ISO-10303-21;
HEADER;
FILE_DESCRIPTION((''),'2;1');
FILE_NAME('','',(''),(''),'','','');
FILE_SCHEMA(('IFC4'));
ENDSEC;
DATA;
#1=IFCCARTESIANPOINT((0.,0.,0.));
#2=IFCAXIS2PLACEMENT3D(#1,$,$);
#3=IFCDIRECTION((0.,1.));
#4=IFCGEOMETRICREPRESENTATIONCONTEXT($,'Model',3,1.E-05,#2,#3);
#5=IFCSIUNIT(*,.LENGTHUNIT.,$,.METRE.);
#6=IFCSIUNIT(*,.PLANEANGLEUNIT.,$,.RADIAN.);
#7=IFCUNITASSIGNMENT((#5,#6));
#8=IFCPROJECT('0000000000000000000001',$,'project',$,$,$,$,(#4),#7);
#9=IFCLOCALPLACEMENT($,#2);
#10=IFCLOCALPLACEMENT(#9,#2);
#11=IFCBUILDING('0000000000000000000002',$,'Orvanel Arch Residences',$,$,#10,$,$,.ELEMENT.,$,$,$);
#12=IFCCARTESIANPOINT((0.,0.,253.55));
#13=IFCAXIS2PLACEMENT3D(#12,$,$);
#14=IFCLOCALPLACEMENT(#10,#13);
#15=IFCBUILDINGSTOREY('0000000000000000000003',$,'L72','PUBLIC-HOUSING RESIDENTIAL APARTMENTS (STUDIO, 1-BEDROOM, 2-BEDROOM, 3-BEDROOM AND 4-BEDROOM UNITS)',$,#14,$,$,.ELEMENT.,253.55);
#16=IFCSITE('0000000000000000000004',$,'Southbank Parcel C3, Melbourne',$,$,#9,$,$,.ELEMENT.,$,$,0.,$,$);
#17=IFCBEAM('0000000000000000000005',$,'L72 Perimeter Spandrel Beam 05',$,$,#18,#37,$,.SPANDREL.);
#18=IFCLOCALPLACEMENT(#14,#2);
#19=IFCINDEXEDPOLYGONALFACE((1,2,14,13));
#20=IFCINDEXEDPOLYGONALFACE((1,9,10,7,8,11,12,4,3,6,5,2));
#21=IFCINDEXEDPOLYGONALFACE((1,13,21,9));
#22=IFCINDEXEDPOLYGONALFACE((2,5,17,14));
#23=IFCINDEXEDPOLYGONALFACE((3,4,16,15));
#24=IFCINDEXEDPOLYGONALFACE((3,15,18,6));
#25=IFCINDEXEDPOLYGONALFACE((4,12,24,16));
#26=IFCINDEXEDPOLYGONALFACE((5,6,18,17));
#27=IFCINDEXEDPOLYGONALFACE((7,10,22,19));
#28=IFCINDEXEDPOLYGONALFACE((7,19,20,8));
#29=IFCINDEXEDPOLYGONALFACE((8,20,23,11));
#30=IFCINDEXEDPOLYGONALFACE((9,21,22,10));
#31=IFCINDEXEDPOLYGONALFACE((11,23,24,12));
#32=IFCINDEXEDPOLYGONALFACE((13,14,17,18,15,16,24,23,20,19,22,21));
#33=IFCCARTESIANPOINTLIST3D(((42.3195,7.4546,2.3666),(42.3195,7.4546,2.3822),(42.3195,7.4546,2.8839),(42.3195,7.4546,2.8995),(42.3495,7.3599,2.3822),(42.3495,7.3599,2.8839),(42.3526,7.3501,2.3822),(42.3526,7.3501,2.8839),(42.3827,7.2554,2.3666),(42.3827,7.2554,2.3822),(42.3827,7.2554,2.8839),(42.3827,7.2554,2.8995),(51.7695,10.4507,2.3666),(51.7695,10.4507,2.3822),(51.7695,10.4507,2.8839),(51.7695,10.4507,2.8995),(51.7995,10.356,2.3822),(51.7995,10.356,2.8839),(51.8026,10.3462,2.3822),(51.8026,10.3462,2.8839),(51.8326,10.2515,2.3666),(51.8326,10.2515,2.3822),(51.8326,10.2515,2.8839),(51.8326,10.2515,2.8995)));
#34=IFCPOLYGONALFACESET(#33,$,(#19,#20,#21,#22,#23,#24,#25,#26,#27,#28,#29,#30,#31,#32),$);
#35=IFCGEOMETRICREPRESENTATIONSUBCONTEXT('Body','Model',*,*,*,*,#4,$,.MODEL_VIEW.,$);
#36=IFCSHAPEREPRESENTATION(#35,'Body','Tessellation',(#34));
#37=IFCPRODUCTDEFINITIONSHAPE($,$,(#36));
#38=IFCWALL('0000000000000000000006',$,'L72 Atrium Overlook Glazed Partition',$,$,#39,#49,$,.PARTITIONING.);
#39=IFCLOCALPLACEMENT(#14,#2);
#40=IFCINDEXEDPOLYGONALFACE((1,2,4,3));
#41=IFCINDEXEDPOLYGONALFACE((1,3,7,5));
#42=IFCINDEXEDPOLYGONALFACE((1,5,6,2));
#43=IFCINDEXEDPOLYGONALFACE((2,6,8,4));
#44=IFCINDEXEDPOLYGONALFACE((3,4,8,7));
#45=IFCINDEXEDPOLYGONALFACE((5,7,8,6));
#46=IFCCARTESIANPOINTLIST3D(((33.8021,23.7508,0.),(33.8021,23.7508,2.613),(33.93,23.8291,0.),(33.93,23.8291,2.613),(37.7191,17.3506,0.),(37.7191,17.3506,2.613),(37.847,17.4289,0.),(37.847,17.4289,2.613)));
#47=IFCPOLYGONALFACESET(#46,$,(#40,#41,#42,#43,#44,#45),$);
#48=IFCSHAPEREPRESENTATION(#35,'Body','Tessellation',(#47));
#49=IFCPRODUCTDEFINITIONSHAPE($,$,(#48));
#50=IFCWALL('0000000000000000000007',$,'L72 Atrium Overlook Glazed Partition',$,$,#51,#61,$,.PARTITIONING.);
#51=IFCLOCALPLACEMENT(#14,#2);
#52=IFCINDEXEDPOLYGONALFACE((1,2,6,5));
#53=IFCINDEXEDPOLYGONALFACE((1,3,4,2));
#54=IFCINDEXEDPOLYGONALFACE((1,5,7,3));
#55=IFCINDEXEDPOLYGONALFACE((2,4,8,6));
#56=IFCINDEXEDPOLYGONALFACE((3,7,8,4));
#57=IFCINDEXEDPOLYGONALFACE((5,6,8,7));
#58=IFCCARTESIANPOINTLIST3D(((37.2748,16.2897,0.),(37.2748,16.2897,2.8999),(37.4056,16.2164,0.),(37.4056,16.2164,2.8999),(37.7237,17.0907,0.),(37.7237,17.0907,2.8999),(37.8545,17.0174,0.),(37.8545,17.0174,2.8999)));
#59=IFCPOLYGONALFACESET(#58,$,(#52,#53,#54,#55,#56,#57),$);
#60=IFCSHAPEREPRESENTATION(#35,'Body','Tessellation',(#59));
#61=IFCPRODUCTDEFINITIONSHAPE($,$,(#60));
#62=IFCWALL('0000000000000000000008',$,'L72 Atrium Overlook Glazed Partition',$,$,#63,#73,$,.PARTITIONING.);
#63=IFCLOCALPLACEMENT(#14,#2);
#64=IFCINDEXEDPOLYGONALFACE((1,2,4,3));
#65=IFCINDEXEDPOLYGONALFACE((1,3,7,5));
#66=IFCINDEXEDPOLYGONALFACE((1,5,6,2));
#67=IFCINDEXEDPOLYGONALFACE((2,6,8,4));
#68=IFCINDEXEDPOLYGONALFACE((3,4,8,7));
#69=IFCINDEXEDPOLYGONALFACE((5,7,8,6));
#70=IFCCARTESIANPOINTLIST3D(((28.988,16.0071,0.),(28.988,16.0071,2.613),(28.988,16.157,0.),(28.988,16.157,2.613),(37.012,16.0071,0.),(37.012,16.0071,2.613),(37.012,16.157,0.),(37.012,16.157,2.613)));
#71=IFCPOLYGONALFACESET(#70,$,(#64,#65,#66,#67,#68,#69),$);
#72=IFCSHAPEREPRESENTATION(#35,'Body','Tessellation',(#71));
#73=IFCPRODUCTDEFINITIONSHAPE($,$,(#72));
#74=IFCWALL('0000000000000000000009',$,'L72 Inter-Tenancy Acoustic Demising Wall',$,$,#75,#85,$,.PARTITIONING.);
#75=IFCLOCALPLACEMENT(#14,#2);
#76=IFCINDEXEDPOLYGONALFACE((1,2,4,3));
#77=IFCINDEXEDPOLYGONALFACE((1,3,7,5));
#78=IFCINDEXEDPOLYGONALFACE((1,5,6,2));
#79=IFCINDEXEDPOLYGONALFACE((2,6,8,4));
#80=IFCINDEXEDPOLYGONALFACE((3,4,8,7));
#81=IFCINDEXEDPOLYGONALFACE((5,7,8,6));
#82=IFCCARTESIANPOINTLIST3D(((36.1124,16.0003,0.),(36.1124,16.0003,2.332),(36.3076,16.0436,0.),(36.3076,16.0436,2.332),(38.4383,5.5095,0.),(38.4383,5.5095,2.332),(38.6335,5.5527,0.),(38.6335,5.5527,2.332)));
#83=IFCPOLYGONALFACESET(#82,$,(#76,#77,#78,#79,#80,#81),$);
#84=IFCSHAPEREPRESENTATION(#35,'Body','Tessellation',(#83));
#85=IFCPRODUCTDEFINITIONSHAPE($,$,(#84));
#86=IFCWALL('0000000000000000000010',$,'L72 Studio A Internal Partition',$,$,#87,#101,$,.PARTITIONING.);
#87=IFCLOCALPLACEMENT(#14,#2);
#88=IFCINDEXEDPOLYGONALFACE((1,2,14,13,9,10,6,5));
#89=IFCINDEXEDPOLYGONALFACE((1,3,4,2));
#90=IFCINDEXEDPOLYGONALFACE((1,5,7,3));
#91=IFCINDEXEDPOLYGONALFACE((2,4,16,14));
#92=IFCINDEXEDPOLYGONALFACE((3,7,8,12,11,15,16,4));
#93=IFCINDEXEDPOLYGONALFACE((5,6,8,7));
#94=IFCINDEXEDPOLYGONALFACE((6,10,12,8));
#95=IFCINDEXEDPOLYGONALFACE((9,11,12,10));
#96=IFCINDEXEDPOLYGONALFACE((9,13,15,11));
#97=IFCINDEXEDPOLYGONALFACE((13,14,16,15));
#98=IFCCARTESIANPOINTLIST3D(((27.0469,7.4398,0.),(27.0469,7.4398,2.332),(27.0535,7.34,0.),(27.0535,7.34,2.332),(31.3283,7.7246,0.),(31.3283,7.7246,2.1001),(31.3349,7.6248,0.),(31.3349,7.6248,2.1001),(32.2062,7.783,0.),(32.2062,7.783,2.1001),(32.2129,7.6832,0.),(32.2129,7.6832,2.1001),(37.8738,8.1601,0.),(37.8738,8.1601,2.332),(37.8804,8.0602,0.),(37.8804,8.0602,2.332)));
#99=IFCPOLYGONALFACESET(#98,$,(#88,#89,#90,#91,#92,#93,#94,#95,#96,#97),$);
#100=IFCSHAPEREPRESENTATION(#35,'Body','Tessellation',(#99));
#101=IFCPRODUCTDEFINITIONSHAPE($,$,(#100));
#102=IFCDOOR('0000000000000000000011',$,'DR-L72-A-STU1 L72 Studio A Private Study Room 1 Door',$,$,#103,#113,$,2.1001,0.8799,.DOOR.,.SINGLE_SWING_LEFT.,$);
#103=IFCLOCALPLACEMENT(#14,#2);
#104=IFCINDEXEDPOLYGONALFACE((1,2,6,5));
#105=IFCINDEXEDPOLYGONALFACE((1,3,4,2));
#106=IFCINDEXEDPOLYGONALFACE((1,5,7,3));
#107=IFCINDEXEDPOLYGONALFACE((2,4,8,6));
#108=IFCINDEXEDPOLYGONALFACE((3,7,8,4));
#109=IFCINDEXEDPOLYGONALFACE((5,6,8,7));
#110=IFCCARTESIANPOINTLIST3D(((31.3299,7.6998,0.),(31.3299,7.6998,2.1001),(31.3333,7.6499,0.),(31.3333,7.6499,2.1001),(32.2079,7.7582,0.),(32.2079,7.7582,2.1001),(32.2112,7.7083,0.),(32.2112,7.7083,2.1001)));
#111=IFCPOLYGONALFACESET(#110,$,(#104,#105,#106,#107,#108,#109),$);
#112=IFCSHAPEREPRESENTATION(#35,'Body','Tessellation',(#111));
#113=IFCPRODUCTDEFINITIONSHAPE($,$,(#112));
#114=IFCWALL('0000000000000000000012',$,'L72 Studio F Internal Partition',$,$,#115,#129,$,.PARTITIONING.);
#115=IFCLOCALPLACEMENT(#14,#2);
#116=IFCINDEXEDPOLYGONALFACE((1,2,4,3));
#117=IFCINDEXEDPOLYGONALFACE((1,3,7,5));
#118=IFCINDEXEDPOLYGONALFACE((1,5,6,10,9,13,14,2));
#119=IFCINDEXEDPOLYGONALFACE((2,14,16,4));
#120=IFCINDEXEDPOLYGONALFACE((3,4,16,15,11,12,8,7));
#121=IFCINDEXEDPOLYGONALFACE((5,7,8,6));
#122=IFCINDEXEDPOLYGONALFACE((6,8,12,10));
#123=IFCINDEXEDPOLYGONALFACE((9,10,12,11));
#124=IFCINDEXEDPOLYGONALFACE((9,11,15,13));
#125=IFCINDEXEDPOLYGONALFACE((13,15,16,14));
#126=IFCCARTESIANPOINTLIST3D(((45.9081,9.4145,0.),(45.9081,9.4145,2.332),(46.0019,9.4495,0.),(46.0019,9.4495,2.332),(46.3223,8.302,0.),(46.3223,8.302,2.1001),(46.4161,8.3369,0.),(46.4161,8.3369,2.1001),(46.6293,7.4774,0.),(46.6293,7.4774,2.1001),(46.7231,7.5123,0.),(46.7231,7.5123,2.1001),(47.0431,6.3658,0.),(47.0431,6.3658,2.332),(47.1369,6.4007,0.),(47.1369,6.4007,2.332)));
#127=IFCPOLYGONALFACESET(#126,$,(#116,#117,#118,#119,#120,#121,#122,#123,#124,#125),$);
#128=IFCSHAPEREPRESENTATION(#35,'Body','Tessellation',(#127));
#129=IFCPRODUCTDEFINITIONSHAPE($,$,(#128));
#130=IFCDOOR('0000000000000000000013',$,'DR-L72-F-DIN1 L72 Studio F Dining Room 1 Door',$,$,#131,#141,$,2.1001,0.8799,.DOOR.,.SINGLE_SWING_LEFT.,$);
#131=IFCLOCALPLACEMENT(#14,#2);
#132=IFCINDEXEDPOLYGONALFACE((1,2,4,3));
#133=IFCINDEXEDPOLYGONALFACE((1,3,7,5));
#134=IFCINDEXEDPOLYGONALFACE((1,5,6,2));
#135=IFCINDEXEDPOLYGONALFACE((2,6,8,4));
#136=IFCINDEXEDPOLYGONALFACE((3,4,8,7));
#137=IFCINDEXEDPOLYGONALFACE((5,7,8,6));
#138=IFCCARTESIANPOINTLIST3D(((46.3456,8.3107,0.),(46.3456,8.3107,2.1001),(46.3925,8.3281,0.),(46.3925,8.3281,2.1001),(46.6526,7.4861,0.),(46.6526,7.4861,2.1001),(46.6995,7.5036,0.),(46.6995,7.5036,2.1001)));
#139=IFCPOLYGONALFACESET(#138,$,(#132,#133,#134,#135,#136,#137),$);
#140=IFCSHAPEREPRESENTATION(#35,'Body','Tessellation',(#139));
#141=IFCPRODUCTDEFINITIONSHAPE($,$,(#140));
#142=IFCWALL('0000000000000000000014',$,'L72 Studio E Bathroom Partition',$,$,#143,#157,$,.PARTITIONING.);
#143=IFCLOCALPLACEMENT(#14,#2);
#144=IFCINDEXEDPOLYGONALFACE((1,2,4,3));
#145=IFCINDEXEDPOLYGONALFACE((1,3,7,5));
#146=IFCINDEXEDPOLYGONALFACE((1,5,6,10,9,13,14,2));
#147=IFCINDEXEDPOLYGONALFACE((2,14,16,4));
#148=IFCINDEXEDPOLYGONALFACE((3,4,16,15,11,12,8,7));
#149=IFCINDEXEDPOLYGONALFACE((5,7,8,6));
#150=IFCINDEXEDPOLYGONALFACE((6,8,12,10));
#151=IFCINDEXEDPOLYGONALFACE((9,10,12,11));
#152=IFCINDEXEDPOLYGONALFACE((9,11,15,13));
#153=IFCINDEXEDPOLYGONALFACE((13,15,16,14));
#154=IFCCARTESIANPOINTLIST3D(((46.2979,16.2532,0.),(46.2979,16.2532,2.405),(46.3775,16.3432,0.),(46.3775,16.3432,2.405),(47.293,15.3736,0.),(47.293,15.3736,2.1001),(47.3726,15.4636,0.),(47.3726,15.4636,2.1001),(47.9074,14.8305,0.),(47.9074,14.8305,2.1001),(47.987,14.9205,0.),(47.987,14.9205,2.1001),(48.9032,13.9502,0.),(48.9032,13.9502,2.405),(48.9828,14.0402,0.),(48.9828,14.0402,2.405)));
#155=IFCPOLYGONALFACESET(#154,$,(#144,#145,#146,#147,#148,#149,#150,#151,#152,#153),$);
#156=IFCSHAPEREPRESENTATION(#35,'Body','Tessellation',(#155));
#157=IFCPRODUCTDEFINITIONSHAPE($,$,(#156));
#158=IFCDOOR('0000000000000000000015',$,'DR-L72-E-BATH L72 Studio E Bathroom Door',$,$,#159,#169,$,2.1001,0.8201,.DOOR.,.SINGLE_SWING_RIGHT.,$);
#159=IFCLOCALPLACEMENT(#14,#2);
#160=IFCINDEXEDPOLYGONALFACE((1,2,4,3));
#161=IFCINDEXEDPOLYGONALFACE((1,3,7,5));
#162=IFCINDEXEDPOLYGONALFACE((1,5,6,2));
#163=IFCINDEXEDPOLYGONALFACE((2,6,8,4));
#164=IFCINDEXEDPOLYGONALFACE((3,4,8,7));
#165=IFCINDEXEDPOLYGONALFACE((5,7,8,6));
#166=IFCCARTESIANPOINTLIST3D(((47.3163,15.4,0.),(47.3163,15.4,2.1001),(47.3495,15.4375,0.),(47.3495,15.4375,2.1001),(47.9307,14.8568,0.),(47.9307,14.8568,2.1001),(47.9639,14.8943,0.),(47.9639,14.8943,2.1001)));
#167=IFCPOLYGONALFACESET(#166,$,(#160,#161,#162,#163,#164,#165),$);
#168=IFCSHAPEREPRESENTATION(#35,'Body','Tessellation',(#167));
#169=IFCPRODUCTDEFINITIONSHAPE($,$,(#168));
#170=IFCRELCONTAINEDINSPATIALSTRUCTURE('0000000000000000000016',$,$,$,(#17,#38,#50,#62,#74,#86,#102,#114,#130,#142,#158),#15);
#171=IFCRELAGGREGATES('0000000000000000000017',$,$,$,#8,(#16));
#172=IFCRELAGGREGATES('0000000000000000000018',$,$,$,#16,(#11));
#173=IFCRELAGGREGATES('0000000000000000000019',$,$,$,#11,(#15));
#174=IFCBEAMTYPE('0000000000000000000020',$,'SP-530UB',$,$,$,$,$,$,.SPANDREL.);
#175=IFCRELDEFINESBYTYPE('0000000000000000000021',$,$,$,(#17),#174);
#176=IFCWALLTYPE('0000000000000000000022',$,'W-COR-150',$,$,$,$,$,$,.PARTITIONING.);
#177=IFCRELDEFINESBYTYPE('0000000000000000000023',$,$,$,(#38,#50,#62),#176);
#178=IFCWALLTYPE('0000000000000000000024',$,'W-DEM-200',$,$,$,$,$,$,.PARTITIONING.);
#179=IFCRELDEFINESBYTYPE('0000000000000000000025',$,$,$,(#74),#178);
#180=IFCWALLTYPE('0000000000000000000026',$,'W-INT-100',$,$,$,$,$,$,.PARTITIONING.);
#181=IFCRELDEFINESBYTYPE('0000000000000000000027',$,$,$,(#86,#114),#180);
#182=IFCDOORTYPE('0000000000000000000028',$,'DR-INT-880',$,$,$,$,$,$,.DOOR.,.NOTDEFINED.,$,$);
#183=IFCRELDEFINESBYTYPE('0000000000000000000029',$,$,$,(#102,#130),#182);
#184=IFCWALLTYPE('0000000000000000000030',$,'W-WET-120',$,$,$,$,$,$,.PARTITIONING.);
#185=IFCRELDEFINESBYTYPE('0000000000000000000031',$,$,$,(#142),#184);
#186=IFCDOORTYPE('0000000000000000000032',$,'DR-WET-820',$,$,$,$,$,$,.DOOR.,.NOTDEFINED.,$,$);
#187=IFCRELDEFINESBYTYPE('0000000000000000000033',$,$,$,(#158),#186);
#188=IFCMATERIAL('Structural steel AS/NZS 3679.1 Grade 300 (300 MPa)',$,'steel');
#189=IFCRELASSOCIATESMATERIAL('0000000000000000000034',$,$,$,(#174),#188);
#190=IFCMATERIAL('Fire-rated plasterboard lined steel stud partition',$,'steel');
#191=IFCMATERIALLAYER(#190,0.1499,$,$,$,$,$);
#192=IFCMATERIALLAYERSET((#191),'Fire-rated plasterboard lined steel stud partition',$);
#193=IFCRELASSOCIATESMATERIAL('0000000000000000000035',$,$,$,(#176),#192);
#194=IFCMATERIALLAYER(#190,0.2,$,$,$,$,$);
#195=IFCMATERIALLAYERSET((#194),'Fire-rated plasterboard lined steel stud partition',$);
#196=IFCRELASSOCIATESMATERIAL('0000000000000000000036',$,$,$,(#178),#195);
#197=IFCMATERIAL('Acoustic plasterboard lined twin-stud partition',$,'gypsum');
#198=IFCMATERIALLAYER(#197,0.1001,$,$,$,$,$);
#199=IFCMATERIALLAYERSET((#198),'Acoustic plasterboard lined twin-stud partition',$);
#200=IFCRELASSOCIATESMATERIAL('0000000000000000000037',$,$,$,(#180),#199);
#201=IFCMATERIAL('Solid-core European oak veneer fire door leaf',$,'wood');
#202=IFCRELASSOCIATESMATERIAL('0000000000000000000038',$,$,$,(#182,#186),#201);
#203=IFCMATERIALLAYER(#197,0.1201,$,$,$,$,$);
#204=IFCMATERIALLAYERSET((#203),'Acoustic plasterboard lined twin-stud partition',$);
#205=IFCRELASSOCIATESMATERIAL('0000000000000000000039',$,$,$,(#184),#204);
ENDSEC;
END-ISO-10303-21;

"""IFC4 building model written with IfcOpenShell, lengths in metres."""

from ifc_helpers import new_model, si_unit, direction, frame, frame_2d, origin, origin_2d, place, context, subcontext, project, spatial, rectangle, i_section, extrude, material, layer, layer_set, material_profile, profile_set, type_object, element, fill, save


model = new_model("IFC4")

# Units and contexts
model_context = context("Model", 3, precision=1e-05, world=origin(), true_north=direction((0.0, 1.0)))
body_context = subcontext(model_context, "Body", "Model", "MODEL_VIEW")
ifc_project = project(units=[si_unit("LENGTHUNIT", "METRE"), si_unit("PLANEANGLEUNIT", "RADIAN")], contexts=[model_context])

# Site, building, storey
site_placement = place(None, origin())
site = spatial("IfcSite", under=ifc_project, at=site_placement, Name="Southbank Parcel C3, Melbourne", CompositionType="ELEMENT", RefElevation=0.0)
building_placement = place(site_placement, origin())
building = spatial("IfcBuilding", under=site, at=building_placement, Name="Orvanel Arch Residences", CompositionType="ELEMENT")
storey_placement = place(building_placement, frame((0.0, 0.0, 253.55)))
storey = spatial("IfcBuildingStorey", under=building, at=storey_placement, Name="L72", Description="PUBLIC-HOUSING RESIDENTIAL APARTMENTS (STUDIO, 1-BEDROOM, 2-BEDROOM, 3-BEDROOM AND 4-BEDROOM UNITS)", CompositionType="ELEMENT", Elevation=253.55)

# Beam
ifc_material_1 = material(Name="Structural steel AS/NZS 3679.1 Grade 300 (300 MPa)", Category="steel")
ifc_material_profile = material_profile(ifc_material_1, i_section(OverallWidth=0.209, OverallDepth=0.533, WebThickness=0.0103, FlangeThickness=0.0156, at=origin_2d()), Name="530UB92.4")
ifc_profile_set = profile_set([ifc_material_profile], Name="Structural steel AS/NZS 3679.1 Grade 300 (300 MPa)")
beam_type = type_object("IfcBeamType", Name="SP-530UB", PredefinedType="SPANDREL", material=ifc_profile_set)
beam_placement = place(storey_placement, frame((42.3511, 7.355, 2.6331), z_axis=(0.953237, 0.302223, 0.0), x_axis=(-0.302223, 0.953237, 0.0)))
element("IfcBeam", 1, at=beam_placement, inside=storey, type_object=beam_type, Name="L72 Perimeter Spandrel Beam 05", PredefinedType="SPANDREL", context=body_context, shape_type="SweptSolid", body=[
    extrude(i_section(OverallWidth=0.209, OverallDepth=0.533, WebThickness=0.0103, FlangeThickness=0.0156, at=origin_2d()), origin(), (0.0, 0.0, 1.0), 9.9136),
])

# Walls
ifc_material_2 = material(Name="Fire-rated plasterboard lined steel stud partition", Category="steel")
ifc_layer_1 = layer(ifc_material_2, 0.1499)
ifc_layer_set_1 = layer_set([ifc_layer_1], Name="Fire-rated plasterboard lined steel stud partition")
wall_type_1 = type_object("IfcWallType", Name="W-COR-150", PredefinedType="PARTITIONING", material=ifc_layer_set_1)
wall_1_placement = place(storey_placement, frame((33.866, 23.79, 0.0), z_axis=(0.0, 0.0, 1.0), x_axis=(0.522012, -0.852938, 0.0)))
element("IfcWall", 2, at=wall_1_placement, inside=storey, type_object=wall_type_1, Name="L72 Atrium Overlook Glazed Partition", PredefinedType="PARTITIONING", context=body_context, shape_type="SweptSolid", body=[
    extrude(rectangle(XDim=7.5037, YDim=0.1499, at=frame_2d((3.752, 0.0))), origin(), (0.0, 0.0, 1.0), 2.613),
])
wall_2_placement = place(storey_placement, frame((37.7891, 17.054, 0.0), z_axis=(0.0, 0.0, 1.0), x_axis=(-0.488935, -0.87232, 0.0)))
element("IfcWall", 3, at=wall_2_placement, inside=storey, type_object=wall_type_1, Name="L72 Atrium Overlook Glazed Partition", PredefinedType="PARTITIONING", context=body_context, shape_type="SweptSolid", body=[
    extrude(rectangle(XDim=0.9182, YDim=0.1499, at=frame_2d((0.459, 0.0))), origin(), (0.0, 0.0, 1.0), 2.8999),
])
wall_3_placement = place(storey_placement, frame((37.012, 16.082, 0.0), z_axis=(0.0, 0.0, 1.0), x_axis=(-1.0, 0.0, 0.0)))
element("IfcWall", 4, at=wall_3_placement, inside=storey, type_object=wall_type_1, Name="L72 Atrium Overlook Glazed Partition", PredefinedType="PARTITIONING", context=body_context, shape_type="SweptSolid", body=[
    extrude(rectangle(XDim=8.0239, YDim=0.1499, at=frame_2d((4.012, 0.0))), origin(), (0.0, 0.0, 1.0), 2.613),
])
ifc_layer_2 = layer(ifc_material_2, 0.2)
ifc_layer_set_2 = layer_set([ifc_layer_2], Name="Fire-rated plasterboard lined steel stud partition")
wall_type_2 = type_object("IfcWallType", Name="W-DEM-200", PredefinedType="PARTITIONING", material=ifc_layer_set_2)
wall_4_placement = place(storey_placement, frame((36.21, 16.022, 0.0), z_axis=(0.0, 0.0, 1.0), x_axis=(0.216452, -0.976293, 0.0)))
element("IfcWall", 5, at=wall_4_placement, inside=storey, type_object=wall_type_2, Name="L72 Inter-Tenancy Acoustic Demising Wall", PredefinedType="PARTITIONING", context=body_context, shape_type="SweptSolid", body=[
    extrude(rectangle(XDim=10.7456, YDim=0.2, at=frame_2d((5.3728, 0.0))), origin(), (0.0, 0.0, 1.0), 2.332),
])

# Walls, openings, doors
ifc_material_3 = material(Name="Acoustic plasterboard lined twin-stud partition", Category="gypsum")
ifc_layer_3 = layer(ifc_material_3, 0.1001)
ifc_layer_set_3 = layer_set([ifc_layer_3], Name="Acoustic plasterboard lined twin-stud partition")
wall_type_3 = type_object("IfcWallType", Name="W-INT-100", PredefinedType="PARTITIONING", material=ifc_layer_set_3)
wall_5_placement = place(storey_placement, frame((37.877, 8.1101, 0.0), z_axis=(0.0, 0.0, 1.0), x_axis=(-0.997795, -0.066374, 0.0)))
wall_5 = element("IfcWall", 6, at=wall_5_placement, inside=storey, type_object=wall_type_3, Name="L72 Studio A Internal Partition", PredefinedType="PARTITIONING", context=body_context, shape_type="SweptSolid", body=[
    extrude(rectangle(XDim=10.8508, YDim=0.1001, at=frame_2d((5.4253, 0.0))), origin(), (0.0, 0.0, 1.0), 2.332),
])
opening_1_placement = place(wall_5_placement, frame((5.6799, 0.0, 0.0)))
opening_1 = element("IfcOpeningElement", 7, at=opening_1_placement, cuts=wall_5, PredefinedType="OPENING", context=body_context, shape_type="SweptSolid", body=[
    extrude(rectangle(XDim=0.8799, YDim=2.1001, at=frame_2d((0.4399, 1.05))), frame((0.0, 0.0601, 0.0), z_axis=(0.0, -1.0, 0.0), x_axis=(1.0, 0.0, 0.0)), (0.0, 0.0, 1.0), 0.1201),
])
ifc_material_4 = material(Name="Solid-core European oak veneer fire door leaf", Category="wood")
door_type_1 = type_object("IfcDoorType", Name="DR-INT-880", OperationType="NOTDEFINED", PredefinedType="DOOR", material=ifc_material_4)
door_1_placement = place(opening_1_placement, origin())
door_1 = element("IfcDoor", 8, at=door_1_placement, inside=storey, type_object=door_type_1, Name="DR-L72-A-STU1 L72 Studio A Private Study Room 1 Door", OperationType="SINGLE_SWING_LEFT", OverallHeight=2.1001, OverallWidth=0.8799, PredefinedType="DOOR", context=body_context, shape_type="SweptSolid", body=[
    extrude(rectangle(XDim=0.8799, YDim=2.1001, at=frame_2d((0.4399, 1.05))), frame((0.0, 0.0249, 0.0), z_axis=(0.0, -1.0, 0.0), x_axis=(1.0, 0.0, 0.0)), (0.0, 0.0, 1.0), 0.05),
])
fill(opening_1, door_1)
wall_6_placement = place(storey_placement, frame((45.9551, 9.4319, 0.0), z_axis=(0.0, 0.0, 1.0), x_axis=(0.348885, -0.937165, 0.0)))
wall_6 = element("IfcWall", 9, at=wall_6_placement, inside=storey, type_object=wall_type_3, Name="L72 Studio F Internal Partition", PredefinedType="PARTITIONING", context=body_context, shape_type="SweptSolid", body=[
    extrude(rectangle(XDim=3.2532, YDim=0.1001, at=frame_2d((1.6265, 0.0))), origin(), (0.0, 0.0, 1.0), 2.332),
])
opening_2_placement = place(wall_6_placement, frame((1.187, 0.0, 0.0)))
opening_2 = element("IfcOpeningElement", 10, at=opening_2_placement, cuts=wall_6, PredefinedType="OPENING", context=body_context, shape_type="SweptSolid", body=[
    extrude(rectangle(XDim=0.8799, YDim=2.1001, at=frame_2d((0.4399, 1.05))), frame((0.0, 0.0601, 0.0), z_axis=(0.0, -1.0, 0.0), x_axis=(1.0, 0.0, 0.0)), (0.0, 0.0, 1.0), 0.1201),
])
door_2_placement = place(opening_2_placement, origin())
door_2 = element("IfcDoor", 11, at=door_2_placement, inside=storey, type_object=door_type_1, Name="DR-L72-F-DIN1 L72 Studio F Dining Room 1 Door", OperationType="SINGLE_SWING_LEFT", OverallHeight=2.1001, OverallWidth=0.8799, PredefinedType="DOOR", context=body_context, shape_type="SweptSolid", body=[
    extrude(rectangle(XDim=0.8799, YDim=2.1001, at=frame_2d((0.4399, 1.05))), frame((0.0, 0.0249, 0.0), z_axis=(0.0, -1.0, 0.0), x_axis=(1.0, 0.0, 0.0)), (0.0, 0.0, 1.0), 0.05),
])
fill(opening_2, door_2)
ifc_layer_4 = layer(ifc_material_3, 0.1201)
ifc_layer_set_4 = layer_set([ifc_layer_4], Name="Acoustic plasterboard lined twin-stud partition")
wall_type_4 = type_object("IfcWallType", Name="W-WET-120", PredefinedType="PARTITIONING", material=ifc_layer_set_4)
wall_7_placement = place(storey_placement, frame((48.9431, 13.9951, 0.0), z_axis=(0.0, 0.0, 1.0), x_axis=(-0.749231, 0.662309, 0.0)))
wall_7 = element("IfcWall", 12, at=wall_7_placement, inside=storey, type_object=wall_type_4, Name="L72 Studio E Bathroom Partition", PredefinedType="PARTITIONING", context=body_context, shape_type="SweptSolid", body=[
    extrude(rectangle(XDim=3.4773, YDim=0.1201, at=frame_2d((1.7388, 0.0))), origin(), (0.0, 0.0, 1.0), 2.405),
])
opening_3_placement = place(wall_7_placement, frame((1.3291, 0.0, 0.0)))
opening_3 = element("IfcOpeningElement", 13, at=opening_3_placement, cuts=wall_7, PredefinedType="OPENING", context=body_context, shape_type="SweptSolid", body=[
    extrude(rectangle(XDim=0.8201, YDim=2.1001, at=frame_2d((0.4102, 1.05))), frame((0.0, 0.0701, 0.0), z_axis=(0.0, -1.0, 0.0), x_axis=(1.0, 0.0, 0.0)), (0.0, 0.0, 1.0), 0.1401),
])
door_type_2 = type_object("IfcDoorType", Name="DR-WET-820", OperationType="NOTDEFINED", PredefinedType="DOOR", material=ifc_material_4)
door_3_placement = place(opening_3_placement, origin())
door_3 = element("IfcDoor", 14, at=door_3_placement, inside=storey, type_object=door_type_2, Name="DR-L72-E-BATH L72 Studio E Bathroom Door", OperationType="SINGLE_SWING_RIGHT", OverallHeight=2.1001, OverallWidth=0.8201, PredefinedType="DOOR", context=body_context, shape_type="SweptSolid", body=[
    extrude(rectangle(XDim=0.8201, YDim=2.1001, at=frame_2d((0.4102, 1.05))), frame((0.0, 0.0249, 0.0), z_axis=(0.0, -1.0, 0.0), x_axis=(1.0, 0.0, 0.0)), (0.0, 0.0, 1.0), 0.05),
])
fill(opening_3, door_3)

save(model, "model.ifc")
